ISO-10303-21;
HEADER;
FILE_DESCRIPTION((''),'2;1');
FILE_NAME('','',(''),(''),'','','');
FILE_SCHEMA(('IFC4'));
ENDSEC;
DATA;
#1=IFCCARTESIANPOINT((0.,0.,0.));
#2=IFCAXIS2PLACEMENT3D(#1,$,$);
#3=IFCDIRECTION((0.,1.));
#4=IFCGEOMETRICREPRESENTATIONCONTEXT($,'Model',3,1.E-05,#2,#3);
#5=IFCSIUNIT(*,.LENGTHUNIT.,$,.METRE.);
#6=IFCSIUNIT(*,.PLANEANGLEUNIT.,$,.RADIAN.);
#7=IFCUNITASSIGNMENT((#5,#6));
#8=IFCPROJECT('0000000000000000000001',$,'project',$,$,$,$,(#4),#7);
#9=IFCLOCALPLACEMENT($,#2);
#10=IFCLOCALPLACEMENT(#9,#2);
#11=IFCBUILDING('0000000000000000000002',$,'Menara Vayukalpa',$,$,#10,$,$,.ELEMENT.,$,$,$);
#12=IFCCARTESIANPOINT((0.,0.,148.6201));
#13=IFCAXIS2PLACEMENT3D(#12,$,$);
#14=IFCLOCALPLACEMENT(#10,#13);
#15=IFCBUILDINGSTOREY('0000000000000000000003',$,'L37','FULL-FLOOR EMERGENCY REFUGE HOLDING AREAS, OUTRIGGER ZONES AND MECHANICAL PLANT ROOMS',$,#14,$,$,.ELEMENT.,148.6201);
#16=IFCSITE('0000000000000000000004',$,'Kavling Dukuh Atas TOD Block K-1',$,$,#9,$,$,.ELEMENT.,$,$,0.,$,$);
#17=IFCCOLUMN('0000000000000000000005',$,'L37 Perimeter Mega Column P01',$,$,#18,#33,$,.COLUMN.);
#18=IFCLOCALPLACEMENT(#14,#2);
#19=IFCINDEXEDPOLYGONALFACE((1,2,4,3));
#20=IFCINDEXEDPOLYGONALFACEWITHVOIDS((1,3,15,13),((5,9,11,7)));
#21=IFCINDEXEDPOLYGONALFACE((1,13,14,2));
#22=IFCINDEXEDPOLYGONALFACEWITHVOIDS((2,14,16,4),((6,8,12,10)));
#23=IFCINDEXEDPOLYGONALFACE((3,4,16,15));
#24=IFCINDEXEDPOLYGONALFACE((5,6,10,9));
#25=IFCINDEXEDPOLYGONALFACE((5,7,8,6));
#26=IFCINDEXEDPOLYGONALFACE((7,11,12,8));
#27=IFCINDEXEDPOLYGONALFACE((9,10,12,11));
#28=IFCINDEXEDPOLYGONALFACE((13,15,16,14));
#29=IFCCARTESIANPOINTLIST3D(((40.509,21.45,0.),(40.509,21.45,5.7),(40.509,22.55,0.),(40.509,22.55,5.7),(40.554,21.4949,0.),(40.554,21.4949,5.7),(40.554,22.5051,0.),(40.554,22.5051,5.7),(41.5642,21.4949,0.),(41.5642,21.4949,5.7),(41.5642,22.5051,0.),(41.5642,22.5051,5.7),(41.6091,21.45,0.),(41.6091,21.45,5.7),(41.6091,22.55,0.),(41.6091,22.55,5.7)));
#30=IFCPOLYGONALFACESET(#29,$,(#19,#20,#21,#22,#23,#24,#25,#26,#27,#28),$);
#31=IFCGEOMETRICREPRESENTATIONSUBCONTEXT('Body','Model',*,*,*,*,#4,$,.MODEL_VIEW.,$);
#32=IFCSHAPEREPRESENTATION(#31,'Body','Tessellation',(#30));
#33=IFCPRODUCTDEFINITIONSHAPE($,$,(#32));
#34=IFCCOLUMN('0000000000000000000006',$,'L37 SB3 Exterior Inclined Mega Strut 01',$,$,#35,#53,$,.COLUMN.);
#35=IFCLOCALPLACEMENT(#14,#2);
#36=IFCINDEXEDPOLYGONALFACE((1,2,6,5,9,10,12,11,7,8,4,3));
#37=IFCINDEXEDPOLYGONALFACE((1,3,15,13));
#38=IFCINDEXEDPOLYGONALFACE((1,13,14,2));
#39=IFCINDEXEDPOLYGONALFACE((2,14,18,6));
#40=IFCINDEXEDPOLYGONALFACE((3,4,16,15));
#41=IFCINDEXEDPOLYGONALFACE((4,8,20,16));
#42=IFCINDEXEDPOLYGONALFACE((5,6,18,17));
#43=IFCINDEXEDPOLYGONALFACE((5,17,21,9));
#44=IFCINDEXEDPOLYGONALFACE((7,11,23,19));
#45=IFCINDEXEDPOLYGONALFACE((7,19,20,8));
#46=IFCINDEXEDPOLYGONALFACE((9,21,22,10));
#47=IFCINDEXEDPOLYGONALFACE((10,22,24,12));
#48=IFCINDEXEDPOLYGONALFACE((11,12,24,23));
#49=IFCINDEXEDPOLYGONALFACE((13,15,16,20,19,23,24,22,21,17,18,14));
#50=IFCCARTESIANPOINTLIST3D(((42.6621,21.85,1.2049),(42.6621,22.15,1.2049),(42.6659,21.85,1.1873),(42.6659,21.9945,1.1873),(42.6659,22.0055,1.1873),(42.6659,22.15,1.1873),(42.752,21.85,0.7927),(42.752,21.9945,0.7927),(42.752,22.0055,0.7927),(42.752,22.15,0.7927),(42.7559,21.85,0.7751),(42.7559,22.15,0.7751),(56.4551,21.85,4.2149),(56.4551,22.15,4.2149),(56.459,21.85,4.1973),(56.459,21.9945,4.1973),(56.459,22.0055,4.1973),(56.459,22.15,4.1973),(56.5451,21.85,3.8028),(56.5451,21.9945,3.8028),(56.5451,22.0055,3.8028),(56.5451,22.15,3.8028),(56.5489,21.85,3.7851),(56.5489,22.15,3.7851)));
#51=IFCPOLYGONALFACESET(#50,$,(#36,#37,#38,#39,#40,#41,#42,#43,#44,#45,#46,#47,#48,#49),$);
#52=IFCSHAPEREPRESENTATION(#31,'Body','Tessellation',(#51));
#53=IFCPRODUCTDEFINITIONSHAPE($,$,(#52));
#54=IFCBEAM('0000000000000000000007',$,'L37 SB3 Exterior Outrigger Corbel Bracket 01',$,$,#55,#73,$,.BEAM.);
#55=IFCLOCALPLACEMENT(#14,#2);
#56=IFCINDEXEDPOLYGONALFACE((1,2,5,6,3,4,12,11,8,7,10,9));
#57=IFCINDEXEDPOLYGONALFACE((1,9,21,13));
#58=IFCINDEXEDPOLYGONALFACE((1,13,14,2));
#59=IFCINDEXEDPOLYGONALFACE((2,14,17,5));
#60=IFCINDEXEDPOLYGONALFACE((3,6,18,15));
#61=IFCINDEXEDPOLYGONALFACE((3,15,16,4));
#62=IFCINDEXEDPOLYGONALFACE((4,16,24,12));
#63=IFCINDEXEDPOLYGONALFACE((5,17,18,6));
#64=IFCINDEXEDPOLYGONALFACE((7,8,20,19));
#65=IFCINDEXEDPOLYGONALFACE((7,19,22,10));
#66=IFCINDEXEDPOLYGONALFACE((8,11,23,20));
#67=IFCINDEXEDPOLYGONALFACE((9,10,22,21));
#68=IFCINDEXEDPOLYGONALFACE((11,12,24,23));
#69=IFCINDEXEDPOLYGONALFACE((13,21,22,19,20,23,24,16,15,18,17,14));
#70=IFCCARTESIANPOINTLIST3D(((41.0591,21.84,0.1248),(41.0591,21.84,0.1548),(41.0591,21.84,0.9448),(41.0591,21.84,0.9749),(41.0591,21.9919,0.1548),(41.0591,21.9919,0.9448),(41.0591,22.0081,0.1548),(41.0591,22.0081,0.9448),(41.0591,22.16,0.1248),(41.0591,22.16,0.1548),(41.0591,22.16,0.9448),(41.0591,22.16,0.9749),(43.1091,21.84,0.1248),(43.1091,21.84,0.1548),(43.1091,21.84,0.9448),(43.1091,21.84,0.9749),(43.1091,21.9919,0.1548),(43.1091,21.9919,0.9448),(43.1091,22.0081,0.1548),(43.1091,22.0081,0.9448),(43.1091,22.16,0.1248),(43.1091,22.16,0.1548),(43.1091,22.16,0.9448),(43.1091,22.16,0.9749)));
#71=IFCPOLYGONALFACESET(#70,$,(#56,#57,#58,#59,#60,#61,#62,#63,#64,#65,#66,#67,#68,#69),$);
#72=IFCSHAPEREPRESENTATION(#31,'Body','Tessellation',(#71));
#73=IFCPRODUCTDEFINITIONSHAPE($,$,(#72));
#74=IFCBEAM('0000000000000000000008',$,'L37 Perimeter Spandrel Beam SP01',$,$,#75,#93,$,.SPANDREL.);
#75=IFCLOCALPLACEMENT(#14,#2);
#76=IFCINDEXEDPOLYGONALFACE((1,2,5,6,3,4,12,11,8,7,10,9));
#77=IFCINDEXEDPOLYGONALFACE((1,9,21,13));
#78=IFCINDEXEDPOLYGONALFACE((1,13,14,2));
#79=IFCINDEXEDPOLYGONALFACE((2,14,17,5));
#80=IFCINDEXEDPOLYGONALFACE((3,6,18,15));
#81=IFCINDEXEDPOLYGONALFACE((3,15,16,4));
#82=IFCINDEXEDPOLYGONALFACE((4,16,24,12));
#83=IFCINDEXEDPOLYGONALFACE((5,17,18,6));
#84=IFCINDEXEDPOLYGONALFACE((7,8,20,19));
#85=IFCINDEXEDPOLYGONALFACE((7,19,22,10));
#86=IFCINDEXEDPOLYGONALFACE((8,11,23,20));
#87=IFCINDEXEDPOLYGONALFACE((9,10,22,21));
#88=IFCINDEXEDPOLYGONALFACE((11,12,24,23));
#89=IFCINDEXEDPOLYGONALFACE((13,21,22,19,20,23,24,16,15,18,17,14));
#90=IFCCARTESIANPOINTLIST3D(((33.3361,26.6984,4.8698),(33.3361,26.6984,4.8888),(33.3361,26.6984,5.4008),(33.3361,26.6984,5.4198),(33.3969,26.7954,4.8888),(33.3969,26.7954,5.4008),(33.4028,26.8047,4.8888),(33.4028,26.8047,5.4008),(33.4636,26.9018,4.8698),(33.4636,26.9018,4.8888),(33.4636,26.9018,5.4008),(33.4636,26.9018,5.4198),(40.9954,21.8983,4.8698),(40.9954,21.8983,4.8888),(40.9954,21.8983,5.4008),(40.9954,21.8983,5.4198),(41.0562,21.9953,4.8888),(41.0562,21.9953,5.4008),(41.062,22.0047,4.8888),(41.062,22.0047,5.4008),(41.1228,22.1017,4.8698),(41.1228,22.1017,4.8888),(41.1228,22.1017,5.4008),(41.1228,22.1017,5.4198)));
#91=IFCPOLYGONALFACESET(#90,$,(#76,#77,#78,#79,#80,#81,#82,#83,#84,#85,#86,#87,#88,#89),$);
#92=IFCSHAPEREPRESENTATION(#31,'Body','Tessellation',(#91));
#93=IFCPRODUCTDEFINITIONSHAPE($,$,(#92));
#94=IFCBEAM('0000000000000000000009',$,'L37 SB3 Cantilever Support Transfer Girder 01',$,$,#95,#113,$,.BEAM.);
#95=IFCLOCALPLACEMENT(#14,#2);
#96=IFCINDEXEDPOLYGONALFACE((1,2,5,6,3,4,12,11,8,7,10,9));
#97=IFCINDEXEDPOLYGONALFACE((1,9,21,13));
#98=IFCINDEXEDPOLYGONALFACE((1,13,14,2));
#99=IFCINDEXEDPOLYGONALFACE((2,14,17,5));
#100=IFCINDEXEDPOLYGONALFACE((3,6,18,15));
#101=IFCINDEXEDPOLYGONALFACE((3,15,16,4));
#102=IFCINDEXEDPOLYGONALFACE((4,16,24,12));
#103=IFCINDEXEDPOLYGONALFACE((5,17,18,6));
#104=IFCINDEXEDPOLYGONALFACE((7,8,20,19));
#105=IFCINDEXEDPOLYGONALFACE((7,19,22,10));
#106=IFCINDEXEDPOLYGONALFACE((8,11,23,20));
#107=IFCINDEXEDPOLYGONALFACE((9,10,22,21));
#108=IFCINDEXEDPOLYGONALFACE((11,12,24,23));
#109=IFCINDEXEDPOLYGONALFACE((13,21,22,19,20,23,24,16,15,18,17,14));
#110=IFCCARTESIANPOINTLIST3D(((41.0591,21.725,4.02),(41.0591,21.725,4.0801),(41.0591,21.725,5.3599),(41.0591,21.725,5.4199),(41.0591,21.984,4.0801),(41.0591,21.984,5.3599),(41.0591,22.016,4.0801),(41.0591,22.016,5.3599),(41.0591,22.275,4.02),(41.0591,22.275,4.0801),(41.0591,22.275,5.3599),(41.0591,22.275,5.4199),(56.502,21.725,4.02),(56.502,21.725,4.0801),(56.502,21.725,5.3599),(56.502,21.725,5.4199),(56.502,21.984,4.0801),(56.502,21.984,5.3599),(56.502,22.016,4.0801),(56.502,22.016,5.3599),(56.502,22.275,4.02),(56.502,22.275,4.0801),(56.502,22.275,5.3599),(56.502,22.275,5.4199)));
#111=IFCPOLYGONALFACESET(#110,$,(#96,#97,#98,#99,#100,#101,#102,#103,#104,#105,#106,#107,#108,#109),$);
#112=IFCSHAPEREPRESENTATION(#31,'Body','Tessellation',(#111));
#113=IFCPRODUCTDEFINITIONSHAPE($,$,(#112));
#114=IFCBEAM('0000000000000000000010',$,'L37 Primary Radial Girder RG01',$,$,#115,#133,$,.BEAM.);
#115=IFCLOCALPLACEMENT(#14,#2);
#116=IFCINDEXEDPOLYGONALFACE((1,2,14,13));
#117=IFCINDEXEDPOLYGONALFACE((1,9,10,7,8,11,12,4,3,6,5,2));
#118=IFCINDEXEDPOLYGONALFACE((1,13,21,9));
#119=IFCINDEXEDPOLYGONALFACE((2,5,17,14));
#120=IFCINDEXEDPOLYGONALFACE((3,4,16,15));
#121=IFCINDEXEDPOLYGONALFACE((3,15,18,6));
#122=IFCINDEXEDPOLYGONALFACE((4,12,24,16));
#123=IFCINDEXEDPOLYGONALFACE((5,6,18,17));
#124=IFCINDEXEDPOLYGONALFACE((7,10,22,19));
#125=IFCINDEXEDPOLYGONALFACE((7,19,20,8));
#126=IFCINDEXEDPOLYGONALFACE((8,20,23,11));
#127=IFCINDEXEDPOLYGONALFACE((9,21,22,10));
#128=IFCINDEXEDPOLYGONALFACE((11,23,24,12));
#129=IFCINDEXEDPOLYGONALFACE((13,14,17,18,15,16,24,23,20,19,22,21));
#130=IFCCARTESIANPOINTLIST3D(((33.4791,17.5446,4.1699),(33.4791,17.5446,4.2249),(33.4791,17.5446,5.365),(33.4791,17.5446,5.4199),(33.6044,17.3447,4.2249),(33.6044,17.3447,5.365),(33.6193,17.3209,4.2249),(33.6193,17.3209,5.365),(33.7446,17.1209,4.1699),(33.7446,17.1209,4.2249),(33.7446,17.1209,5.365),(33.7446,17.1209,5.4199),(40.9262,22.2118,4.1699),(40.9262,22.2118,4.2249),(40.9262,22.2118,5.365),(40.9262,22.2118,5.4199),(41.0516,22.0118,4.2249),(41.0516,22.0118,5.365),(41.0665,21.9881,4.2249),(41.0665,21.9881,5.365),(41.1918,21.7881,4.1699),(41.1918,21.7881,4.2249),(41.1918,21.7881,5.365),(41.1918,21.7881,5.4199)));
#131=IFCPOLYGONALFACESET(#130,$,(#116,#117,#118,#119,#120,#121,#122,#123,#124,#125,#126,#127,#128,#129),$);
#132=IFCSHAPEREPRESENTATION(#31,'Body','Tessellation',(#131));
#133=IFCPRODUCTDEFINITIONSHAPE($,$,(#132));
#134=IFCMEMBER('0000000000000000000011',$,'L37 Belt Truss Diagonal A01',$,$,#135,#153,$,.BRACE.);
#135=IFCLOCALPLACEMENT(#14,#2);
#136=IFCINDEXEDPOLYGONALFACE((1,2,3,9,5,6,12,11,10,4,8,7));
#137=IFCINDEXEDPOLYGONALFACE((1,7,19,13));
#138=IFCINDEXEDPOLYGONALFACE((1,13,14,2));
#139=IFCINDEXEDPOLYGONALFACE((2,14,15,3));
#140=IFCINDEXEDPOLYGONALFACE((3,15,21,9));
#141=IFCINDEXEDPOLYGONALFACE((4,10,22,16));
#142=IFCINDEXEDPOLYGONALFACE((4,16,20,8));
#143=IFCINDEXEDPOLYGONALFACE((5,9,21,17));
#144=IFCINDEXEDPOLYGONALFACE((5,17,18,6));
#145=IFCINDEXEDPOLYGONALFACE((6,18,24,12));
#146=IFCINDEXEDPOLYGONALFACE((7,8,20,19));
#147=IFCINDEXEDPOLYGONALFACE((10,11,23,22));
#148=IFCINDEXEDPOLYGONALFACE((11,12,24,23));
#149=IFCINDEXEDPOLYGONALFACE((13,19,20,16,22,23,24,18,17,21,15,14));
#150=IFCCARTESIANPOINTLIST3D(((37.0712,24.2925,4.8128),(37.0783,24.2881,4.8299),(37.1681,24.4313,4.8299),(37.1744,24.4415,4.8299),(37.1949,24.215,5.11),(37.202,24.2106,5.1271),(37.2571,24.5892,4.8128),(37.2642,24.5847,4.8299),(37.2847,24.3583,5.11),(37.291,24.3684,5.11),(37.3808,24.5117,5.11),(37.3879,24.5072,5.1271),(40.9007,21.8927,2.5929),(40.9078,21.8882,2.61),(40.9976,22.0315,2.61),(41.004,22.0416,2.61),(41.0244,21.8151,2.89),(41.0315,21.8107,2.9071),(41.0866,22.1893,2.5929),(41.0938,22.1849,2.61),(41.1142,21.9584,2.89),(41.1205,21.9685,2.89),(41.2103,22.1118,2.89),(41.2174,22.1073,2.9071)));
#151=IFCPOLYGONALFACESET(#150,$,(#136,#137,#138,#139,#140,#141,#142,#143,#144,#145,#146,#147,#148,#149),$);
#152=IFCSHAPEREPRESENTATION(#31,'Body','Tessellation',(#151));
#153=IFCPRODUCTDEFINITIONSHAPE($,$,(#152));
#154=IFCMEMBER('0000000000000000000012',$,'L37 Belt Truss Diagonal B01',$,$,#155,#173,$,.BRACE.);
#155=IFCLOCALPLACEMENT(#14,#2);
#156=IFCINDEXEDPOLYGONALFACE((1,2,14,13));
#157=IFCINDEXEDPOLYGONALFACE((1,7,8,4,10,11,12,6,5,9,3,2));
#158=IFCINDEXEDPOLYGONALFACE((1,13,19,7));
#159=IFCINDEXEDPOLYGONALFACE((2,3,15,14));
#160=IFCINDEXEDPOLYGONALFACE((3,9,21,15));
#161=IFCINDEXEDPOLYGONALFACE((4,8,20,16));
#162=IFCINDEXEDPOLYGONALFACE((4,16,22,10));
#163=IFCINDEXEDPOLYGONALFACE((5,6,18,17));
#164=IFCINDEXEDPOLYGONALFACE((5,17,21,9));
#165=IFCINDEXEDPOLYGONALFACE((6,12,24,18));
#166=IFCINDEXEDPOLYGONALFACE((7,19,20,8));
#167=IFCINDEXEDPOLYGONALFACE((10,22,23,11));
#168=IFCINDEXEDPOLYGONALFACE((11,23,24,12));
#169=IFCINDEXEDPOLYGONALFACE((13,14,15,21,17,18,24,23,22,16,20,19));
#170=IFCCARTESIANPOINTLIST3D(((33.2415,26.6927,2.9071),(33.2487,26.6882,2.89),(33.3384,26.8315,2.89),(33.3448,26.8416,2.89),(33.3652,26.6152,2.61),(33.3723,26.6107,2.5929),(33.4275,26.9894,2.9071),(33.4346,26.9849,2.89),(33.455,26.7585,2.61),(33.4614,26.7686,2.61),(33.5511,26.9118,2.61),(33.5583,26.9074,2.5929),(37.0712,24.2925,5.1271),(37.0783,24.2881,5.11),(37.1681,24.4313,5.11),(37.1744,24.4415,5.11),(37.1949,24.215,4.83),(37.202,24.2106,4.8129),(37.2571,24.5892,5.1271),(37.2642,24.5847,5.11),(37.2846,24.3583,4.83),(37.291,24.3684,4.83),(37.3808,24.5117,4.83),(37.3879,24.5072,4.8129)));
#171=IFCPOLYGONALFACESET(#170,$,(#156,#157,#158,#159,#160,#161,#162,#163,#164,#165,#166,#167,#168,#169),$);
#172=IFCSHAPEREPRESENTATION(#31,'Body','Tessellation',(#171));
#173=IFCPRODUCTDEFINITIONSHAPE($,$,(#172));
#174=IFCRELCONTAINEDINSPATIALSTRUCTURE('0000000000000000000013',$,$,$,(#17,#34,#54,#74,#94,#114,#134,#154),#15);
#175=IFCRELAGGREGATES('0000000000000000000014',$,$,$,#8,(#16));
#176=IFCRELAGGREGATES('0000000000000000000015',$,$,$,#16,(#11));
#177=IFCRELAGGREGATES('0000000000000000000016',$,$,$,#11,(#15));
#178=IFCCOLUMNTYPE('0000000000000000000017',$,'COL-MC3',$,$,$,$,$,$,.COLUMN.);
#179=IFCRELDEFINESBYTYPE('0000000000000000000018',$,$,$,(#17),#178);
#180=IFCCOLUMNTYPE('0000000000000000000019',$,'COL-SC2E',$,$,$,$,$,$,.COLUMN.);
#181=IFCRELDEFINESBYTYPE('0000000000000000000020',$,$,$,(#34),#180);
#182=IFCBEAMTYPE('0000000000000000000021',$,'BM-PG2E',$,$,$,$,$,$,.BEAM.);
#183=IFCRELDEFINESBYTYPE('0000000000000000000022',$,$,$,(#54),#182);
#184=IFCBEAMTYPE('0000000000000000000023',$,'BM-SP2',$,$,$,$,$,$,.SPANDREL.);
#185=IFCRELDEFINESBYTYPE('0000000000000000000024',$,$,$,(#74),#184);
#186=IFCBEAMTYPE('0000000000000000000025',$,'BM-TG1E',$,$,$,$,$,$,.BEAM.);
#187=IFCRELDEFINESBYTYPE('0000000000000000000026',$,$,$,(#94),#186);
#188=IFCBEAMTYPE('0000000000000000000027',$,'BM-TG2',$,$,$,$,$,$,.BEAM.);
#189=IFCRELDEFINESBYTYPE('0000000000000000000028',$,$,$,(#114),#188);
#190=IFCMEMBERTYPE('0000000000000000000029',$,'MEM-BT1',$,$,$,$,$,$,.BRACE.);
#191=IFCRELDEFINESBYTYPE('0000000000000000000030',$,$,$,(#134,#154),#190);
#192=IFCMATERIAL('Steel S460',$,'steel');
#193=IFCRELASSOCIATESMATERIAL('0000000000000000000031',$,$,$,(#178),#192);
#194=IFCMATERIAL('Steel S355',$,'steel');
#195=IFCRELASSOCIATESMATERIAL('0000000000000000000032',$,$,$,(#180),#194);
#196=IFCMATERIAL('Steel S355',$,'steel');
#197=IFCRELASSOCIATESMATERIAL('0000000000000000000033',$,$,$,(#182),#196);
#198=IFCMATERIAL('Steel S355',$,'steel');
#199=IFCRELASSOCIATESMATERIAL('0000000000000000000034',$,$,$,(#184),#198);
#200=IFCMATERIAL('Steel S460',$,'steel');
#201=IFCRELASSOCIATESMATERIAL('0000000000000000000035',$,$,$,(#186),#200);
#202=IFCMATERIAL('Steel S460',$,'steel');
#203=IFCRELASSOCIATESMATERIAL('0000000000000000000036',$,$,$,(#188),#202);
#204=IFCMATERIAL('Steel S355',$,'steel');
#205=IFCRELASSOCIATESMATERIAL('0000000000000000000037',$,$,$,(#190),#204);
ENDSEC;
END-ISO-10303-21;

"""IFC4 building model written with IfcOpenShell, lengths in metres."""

from ifc_helpers import new_model, si_unit, direction, frame, origin, origin_2d, place, context, subcontext, project, spatial, hollow_rectangle, i_section, extrude, material, material_profile, profile_set, type_object, element, save


model = new_model("IFC4")

# Units and contexts
model_context = context("Model", 3, precision=1e-05, world=origin(), true_north=direction((0.0, 1.0)))
body_context = subcontext(model_context, "Body", "Model", "MODEL_VIEW")
ifc_project = project(units=[si_unit("LENGTHUNIT", "METRE"), si_unit("PLANEANGLEUNIT", "RADIAN")], contexts=[model_context])

# Site, building, storey
site_placement = place(None, origin())
site = spatial("IfcSite", under=ifc_project, at=site_placement, Name="Kavling Dukuh Atas TOD Block K-1", CompositionType="ELEMENT", RefElevation=0.0)
building_placement = place(site_placement, origin())
building = spatial("IfcBuilding", under=site, at=building_placement, Name="Menara Vayukalpa", CompositionType="ELEMENT")
storey_placement = place(building_placement, frame((0.0, 0.0, 148.6201)))
storey = spatial("IfcBuildingStorey", under=building, at=storey_placement, Name="L37", Description="FULL-FLOOR EMERGENCY REFUGE HOLDING AREAS, OUTRIGGER ZONES AND MECHANICAL PLANT ROOMS", CompositionType="ELEMENT", Elevation=148.6201)

# Columns
ifc_material_1 = material(Name="Steel S460", Category="steel")
ifc_material_profile_1 = material_profile(ifc_material_1, hollow_rectangle(XDim=1.1001, YDim=1.1001, WallThickness=0.0449, at=origin_2d()), Name="BOX 1100x1100x45")
ifc_profile_set_1 = profile_set([ifc_material_profile_1], Name="Steel S460")
column_type_1 = type_object("IfcColumnType", Name="COL-MC3", PredefinedType="COLUMN", material=ifc_profile_set_1)
column_1_placement = place(storey_placement, frame((41.0591, 22.0, 0.0), z_axis=(0.0, 0.0, 1.0), x_axis=(1.0, 0.0, 0.0)))
element("IfcColumn", 1, at=column_1_placement, inside=storey, type_object=column_type_1, Name="L37 Perimeter Mega Column P01", PredefinedType="COLUMN", context=body_context, shape_type="SweptSolid", body=[
    extrude(hollow_rectangle(XDim=1.1001, YDim=1.1001, WallThickness=0.0449, at=origin_2d()), origin(), (0.0, 0.0, 1.0), 5.7),
])
ifc_material_2 = material(Name="Steel S355", Category="steel")
ifc_material_profile_2 = material_profile(ifc_material_2, i_section(OverallWidth=0.3, OverallDepth=0.4399, WebThickness=0.011, FlangeThickness=0.0181, at=origin_2d()), Name="H 440x300x11x18")
ifc_profile_set_2 = profile_set([ifc_material_profile_2], Name="Steel S355")
column_type_2 = type_object("IfcColumnType", Name="COL-SC2E", PredefinedType="COLUMN", material=ifc_profile_set_2)
column_2_placement = place(storey_placement, frame((42.709, 22.0, 0.99), z_axis=(0.977006, 0.0, 0.21321), x_axis=(0.0, 1.0, 0.0)))
element("IfcColumn", 2, at=column_2_placement, inside=storey, type_object=column_type_2, Name="L37 SB3 Exterior Inclined Mega Strut 01", PredefinedType="COLUMN", context=body_context, shape_type="SweptSolid", body=[
    extrude(i_section(OverallWidth=0.3, OverallDepth=0.4399, WebThickness=0.011, FlangeThickness=0.0181, at=origin_2d()), origin(), (0.0, 0.0, 1.0), 14.1177),
])

# Beams
ifc_material_3 = material(Name="Steel S355", Category="steel")
ifc_material_profile_3 = material_profile(ifc_material_3, i_section(OverallWidth=0.3201, OverallDepth=0.8501, WebThickness=0.0161, FlangeThickness=0.03, at=origin_2d()), Name="WF 850x320x16x30")
ifc_profile_set_3 = profile_set([ifc_material_profile_3], Name="Steel S355")
beam_type_1 = type_object("IfcBeamType", Name="BM-PG2E", PredefinedType="BEAM", material=ifc_profile_set_3)
beam_1_placement = place(storey_placement, frame((41.0591, 22.0, 0.5498), z_axis=(1.0, 0.0, 0.0), x_axis=(0.0, 1.0, 0.0)))
element("IfcBeam", 3, at=beam_1_placement, inside=storey, type_object=beam_type_1, Name="L37 SB3 Exterior Outrigger Corbel Bracket 01", PredefinedType="BEAM", context=body_context, shape_type="SweptSolid", body=[
    extrude(i_section(OverallWidth=0.3201, OverallDepth=0.8501, WebThickness=0.0161, FlangeThickness=0.03, at=origin_2d()), origin(), (0.0, 0.0, 1.0), 2.05),
])
ifc_material_4 = material(Name="Steel S355", Category="steel")
ifc_material_profile_4 = material_profile(ifc_material_4, i_section(OverallWidth=0.24, OverallDepth=0.55, WebThickness=0.011, FlangeThickness=0.019, at=origin_2d()), Name="WF 550x240x11x19")
ifc_profile_set_4 = profile_set([ifc_material_profile_4], Name="Steel S355")
beam_type_2 = type_object("IfcBeamType", Name="BM-SP2", PredefinedType="SPANDREL", material=ifc_profile_set_4)
beam_2_placement = place(storey_placement, frame((41.0591, 22.0, 5.1448), z_axis=(-0.847348, 0.531038, 0.0), x_axis=(-0.531038, -0.847348, 0.0)))
element("IfcBeam", 4, at=beam_2_placement, inside=storey, type_object=beam_type_2, Name="L37 Perimeter Spandrel Beam SP01", PredefinedType="SPANDREL", context=body_context, shape_type="SweptSolid", body=[
    extrude(i_section(OverallWidth=0.24, OverallDepth=0.55, WebThickness=0.011, FlangeThickness=0.019, at=origin_2d()), origin(), (0.0, 0.0, 1.0), 9.0391),
])
ifc_material_5 = material(Name="Steel S460", Category="steel")
ifc_material_profile_5 = material_profile(ifc_material_5, i_section(OverallWidth=0.55, OverallDepth=1.3999, WebThickness=0.032, FlangeThickness=0.0601, at=origin_2d()), Name="WG 1400x550x32x60")
ifc_profile_set_5 = profile_set([ifc_material_profile_5], Name="Steel S460")
beam_type_3 = type_object("IfcBeamType", Name="BM-TG1E", PredefinedType="BEAM", material=ifc_profile_set_5)
beam_3_placement = place(storey_placement, frame((41.0591, 22.0, 4.72), z_axis=(1.0, 0.0, 0.0), x_axis=(0.0, 1.0, 0.0)))
element("IfcBeam", 5, at=beam_3_placement, inside=storey, type_object=beam_type_3, Name="L37 SB3 Cantilever Support Transfer Girder 01", PredefinedType="BEAM", context=body_context, shape_type="SweptSolid", body=[
    extrude(i_section(OverallWidth=0.55, OverallDepth=1.3999, WebThickness=0.032, FlangeThickness=0.0601, at=origin_2d()), origin(), (0.0, 0.0, 1.0), 15.4429),
])
ifc_material_6 = material(Name="Steel S460", Category="steel")
ifc_material_profile_6 = material_profile(ifc_material_6, i_section(OverallWidth=0.5, OverallDepth=1.25, WebThickness=0.0281, FlangeThickness=0.0549, at=origin_2d()), Name="WG 1250x500x28x55")
ifc_profile_set_6 = profile_set([ifc_material_profile_6], Name="Steel S460")
beam_type_4 = type_object("IfcBeamType", Name="BM-TG2", PredefinedType="BEAM", material=ifc_profile_set_6)
beam_4_placement = place(storey_placement, frame((33.6118, 17.3328, 4.7949), z_axis=(0.847348, 0.531037, 0.0), x_axis=(-0.531037, 0.847348, 0.0)))
element("IfcBeam", 6, at=beam_4_placement, inside=storey, type_object=beam_type_4, Name="L37 Primary Radial Girder RG01", PredefinedType="BEAM", context=body_context, shape_type="SweptSolid", body=[
    extrude(i_section(OverallWidth=0.5, OverallDepth=1.25, WebThickness=0.0281, FlangeThickness=0.0549, at=origin_2d()), origin(), (0.0, 0.0, 1.0), 8.7888),
])

# Members
ifc_material_7 = material(Name="Steel S355", Category="steel")
ifc_material_profile_7 = material_profile(ifc_material_7, i_section(OverallWidth=0.3501, OverallDepth=0.3501, WebThickness=0.012, FlangeThickness=0.019, at=origin_2d()), Name="H 350x350x12x19")
ifc_profile_set_7 = profile_set([ifc_material_profile_7], Name="Steel S355")
member_type_1 = type_object("IfcMemberType", Name="MEM-BT1", PredefinedType="BRACE", material=ifc_profile_set_7)
member_1_placement = place(storey_placement, frame((41.0591, 22.0, 2.75), z_axis=(-0.760559, 0.476622, 0.440887), x_axis=(-0.531018, -0.84736, 0.0)))
element("IfcMember", 7, at=member_1_placement, inside=storey, type_object=member_type_1, Name="L37 Belt Truss Diagonal A01", PredefinedType="BRACE", context=body_context, shape_type="SweptSolid", body=[
    extrude(i_section(OverallWidth=0.3501, OverallDepth=0.3501, WebThickness=0.012, FlangeThickness=0.019, at=origin_2d()), origin(), (0.0, 0.0, 1.0), 5.0352),
])
member_2_placement = place(storey_placement, frame((33.3999, 26.8, 2.75), z_axis=(0.760541, -0.476659, 0.440877), x_axis=(0.531057, 0.847336, 0.0)))
element("IfcMember", 8, at=member_2_placement, inside=storey, type_object=member_type_1, Name="L37 Belt Truss Diagonal B01", PredefinedType="BRACE", context=body_context, shape_type="SweptSolid", body=[
    extrude(i_section(OverallWidth=0.3501, OverallDepth=0.3501, WebThickness=0.012, FlangeThickness=0.019, at=origin_2d()), origin(), (0.0, 0.0, 1.0), 5.0354),
])

save(model, "model.ifc")
